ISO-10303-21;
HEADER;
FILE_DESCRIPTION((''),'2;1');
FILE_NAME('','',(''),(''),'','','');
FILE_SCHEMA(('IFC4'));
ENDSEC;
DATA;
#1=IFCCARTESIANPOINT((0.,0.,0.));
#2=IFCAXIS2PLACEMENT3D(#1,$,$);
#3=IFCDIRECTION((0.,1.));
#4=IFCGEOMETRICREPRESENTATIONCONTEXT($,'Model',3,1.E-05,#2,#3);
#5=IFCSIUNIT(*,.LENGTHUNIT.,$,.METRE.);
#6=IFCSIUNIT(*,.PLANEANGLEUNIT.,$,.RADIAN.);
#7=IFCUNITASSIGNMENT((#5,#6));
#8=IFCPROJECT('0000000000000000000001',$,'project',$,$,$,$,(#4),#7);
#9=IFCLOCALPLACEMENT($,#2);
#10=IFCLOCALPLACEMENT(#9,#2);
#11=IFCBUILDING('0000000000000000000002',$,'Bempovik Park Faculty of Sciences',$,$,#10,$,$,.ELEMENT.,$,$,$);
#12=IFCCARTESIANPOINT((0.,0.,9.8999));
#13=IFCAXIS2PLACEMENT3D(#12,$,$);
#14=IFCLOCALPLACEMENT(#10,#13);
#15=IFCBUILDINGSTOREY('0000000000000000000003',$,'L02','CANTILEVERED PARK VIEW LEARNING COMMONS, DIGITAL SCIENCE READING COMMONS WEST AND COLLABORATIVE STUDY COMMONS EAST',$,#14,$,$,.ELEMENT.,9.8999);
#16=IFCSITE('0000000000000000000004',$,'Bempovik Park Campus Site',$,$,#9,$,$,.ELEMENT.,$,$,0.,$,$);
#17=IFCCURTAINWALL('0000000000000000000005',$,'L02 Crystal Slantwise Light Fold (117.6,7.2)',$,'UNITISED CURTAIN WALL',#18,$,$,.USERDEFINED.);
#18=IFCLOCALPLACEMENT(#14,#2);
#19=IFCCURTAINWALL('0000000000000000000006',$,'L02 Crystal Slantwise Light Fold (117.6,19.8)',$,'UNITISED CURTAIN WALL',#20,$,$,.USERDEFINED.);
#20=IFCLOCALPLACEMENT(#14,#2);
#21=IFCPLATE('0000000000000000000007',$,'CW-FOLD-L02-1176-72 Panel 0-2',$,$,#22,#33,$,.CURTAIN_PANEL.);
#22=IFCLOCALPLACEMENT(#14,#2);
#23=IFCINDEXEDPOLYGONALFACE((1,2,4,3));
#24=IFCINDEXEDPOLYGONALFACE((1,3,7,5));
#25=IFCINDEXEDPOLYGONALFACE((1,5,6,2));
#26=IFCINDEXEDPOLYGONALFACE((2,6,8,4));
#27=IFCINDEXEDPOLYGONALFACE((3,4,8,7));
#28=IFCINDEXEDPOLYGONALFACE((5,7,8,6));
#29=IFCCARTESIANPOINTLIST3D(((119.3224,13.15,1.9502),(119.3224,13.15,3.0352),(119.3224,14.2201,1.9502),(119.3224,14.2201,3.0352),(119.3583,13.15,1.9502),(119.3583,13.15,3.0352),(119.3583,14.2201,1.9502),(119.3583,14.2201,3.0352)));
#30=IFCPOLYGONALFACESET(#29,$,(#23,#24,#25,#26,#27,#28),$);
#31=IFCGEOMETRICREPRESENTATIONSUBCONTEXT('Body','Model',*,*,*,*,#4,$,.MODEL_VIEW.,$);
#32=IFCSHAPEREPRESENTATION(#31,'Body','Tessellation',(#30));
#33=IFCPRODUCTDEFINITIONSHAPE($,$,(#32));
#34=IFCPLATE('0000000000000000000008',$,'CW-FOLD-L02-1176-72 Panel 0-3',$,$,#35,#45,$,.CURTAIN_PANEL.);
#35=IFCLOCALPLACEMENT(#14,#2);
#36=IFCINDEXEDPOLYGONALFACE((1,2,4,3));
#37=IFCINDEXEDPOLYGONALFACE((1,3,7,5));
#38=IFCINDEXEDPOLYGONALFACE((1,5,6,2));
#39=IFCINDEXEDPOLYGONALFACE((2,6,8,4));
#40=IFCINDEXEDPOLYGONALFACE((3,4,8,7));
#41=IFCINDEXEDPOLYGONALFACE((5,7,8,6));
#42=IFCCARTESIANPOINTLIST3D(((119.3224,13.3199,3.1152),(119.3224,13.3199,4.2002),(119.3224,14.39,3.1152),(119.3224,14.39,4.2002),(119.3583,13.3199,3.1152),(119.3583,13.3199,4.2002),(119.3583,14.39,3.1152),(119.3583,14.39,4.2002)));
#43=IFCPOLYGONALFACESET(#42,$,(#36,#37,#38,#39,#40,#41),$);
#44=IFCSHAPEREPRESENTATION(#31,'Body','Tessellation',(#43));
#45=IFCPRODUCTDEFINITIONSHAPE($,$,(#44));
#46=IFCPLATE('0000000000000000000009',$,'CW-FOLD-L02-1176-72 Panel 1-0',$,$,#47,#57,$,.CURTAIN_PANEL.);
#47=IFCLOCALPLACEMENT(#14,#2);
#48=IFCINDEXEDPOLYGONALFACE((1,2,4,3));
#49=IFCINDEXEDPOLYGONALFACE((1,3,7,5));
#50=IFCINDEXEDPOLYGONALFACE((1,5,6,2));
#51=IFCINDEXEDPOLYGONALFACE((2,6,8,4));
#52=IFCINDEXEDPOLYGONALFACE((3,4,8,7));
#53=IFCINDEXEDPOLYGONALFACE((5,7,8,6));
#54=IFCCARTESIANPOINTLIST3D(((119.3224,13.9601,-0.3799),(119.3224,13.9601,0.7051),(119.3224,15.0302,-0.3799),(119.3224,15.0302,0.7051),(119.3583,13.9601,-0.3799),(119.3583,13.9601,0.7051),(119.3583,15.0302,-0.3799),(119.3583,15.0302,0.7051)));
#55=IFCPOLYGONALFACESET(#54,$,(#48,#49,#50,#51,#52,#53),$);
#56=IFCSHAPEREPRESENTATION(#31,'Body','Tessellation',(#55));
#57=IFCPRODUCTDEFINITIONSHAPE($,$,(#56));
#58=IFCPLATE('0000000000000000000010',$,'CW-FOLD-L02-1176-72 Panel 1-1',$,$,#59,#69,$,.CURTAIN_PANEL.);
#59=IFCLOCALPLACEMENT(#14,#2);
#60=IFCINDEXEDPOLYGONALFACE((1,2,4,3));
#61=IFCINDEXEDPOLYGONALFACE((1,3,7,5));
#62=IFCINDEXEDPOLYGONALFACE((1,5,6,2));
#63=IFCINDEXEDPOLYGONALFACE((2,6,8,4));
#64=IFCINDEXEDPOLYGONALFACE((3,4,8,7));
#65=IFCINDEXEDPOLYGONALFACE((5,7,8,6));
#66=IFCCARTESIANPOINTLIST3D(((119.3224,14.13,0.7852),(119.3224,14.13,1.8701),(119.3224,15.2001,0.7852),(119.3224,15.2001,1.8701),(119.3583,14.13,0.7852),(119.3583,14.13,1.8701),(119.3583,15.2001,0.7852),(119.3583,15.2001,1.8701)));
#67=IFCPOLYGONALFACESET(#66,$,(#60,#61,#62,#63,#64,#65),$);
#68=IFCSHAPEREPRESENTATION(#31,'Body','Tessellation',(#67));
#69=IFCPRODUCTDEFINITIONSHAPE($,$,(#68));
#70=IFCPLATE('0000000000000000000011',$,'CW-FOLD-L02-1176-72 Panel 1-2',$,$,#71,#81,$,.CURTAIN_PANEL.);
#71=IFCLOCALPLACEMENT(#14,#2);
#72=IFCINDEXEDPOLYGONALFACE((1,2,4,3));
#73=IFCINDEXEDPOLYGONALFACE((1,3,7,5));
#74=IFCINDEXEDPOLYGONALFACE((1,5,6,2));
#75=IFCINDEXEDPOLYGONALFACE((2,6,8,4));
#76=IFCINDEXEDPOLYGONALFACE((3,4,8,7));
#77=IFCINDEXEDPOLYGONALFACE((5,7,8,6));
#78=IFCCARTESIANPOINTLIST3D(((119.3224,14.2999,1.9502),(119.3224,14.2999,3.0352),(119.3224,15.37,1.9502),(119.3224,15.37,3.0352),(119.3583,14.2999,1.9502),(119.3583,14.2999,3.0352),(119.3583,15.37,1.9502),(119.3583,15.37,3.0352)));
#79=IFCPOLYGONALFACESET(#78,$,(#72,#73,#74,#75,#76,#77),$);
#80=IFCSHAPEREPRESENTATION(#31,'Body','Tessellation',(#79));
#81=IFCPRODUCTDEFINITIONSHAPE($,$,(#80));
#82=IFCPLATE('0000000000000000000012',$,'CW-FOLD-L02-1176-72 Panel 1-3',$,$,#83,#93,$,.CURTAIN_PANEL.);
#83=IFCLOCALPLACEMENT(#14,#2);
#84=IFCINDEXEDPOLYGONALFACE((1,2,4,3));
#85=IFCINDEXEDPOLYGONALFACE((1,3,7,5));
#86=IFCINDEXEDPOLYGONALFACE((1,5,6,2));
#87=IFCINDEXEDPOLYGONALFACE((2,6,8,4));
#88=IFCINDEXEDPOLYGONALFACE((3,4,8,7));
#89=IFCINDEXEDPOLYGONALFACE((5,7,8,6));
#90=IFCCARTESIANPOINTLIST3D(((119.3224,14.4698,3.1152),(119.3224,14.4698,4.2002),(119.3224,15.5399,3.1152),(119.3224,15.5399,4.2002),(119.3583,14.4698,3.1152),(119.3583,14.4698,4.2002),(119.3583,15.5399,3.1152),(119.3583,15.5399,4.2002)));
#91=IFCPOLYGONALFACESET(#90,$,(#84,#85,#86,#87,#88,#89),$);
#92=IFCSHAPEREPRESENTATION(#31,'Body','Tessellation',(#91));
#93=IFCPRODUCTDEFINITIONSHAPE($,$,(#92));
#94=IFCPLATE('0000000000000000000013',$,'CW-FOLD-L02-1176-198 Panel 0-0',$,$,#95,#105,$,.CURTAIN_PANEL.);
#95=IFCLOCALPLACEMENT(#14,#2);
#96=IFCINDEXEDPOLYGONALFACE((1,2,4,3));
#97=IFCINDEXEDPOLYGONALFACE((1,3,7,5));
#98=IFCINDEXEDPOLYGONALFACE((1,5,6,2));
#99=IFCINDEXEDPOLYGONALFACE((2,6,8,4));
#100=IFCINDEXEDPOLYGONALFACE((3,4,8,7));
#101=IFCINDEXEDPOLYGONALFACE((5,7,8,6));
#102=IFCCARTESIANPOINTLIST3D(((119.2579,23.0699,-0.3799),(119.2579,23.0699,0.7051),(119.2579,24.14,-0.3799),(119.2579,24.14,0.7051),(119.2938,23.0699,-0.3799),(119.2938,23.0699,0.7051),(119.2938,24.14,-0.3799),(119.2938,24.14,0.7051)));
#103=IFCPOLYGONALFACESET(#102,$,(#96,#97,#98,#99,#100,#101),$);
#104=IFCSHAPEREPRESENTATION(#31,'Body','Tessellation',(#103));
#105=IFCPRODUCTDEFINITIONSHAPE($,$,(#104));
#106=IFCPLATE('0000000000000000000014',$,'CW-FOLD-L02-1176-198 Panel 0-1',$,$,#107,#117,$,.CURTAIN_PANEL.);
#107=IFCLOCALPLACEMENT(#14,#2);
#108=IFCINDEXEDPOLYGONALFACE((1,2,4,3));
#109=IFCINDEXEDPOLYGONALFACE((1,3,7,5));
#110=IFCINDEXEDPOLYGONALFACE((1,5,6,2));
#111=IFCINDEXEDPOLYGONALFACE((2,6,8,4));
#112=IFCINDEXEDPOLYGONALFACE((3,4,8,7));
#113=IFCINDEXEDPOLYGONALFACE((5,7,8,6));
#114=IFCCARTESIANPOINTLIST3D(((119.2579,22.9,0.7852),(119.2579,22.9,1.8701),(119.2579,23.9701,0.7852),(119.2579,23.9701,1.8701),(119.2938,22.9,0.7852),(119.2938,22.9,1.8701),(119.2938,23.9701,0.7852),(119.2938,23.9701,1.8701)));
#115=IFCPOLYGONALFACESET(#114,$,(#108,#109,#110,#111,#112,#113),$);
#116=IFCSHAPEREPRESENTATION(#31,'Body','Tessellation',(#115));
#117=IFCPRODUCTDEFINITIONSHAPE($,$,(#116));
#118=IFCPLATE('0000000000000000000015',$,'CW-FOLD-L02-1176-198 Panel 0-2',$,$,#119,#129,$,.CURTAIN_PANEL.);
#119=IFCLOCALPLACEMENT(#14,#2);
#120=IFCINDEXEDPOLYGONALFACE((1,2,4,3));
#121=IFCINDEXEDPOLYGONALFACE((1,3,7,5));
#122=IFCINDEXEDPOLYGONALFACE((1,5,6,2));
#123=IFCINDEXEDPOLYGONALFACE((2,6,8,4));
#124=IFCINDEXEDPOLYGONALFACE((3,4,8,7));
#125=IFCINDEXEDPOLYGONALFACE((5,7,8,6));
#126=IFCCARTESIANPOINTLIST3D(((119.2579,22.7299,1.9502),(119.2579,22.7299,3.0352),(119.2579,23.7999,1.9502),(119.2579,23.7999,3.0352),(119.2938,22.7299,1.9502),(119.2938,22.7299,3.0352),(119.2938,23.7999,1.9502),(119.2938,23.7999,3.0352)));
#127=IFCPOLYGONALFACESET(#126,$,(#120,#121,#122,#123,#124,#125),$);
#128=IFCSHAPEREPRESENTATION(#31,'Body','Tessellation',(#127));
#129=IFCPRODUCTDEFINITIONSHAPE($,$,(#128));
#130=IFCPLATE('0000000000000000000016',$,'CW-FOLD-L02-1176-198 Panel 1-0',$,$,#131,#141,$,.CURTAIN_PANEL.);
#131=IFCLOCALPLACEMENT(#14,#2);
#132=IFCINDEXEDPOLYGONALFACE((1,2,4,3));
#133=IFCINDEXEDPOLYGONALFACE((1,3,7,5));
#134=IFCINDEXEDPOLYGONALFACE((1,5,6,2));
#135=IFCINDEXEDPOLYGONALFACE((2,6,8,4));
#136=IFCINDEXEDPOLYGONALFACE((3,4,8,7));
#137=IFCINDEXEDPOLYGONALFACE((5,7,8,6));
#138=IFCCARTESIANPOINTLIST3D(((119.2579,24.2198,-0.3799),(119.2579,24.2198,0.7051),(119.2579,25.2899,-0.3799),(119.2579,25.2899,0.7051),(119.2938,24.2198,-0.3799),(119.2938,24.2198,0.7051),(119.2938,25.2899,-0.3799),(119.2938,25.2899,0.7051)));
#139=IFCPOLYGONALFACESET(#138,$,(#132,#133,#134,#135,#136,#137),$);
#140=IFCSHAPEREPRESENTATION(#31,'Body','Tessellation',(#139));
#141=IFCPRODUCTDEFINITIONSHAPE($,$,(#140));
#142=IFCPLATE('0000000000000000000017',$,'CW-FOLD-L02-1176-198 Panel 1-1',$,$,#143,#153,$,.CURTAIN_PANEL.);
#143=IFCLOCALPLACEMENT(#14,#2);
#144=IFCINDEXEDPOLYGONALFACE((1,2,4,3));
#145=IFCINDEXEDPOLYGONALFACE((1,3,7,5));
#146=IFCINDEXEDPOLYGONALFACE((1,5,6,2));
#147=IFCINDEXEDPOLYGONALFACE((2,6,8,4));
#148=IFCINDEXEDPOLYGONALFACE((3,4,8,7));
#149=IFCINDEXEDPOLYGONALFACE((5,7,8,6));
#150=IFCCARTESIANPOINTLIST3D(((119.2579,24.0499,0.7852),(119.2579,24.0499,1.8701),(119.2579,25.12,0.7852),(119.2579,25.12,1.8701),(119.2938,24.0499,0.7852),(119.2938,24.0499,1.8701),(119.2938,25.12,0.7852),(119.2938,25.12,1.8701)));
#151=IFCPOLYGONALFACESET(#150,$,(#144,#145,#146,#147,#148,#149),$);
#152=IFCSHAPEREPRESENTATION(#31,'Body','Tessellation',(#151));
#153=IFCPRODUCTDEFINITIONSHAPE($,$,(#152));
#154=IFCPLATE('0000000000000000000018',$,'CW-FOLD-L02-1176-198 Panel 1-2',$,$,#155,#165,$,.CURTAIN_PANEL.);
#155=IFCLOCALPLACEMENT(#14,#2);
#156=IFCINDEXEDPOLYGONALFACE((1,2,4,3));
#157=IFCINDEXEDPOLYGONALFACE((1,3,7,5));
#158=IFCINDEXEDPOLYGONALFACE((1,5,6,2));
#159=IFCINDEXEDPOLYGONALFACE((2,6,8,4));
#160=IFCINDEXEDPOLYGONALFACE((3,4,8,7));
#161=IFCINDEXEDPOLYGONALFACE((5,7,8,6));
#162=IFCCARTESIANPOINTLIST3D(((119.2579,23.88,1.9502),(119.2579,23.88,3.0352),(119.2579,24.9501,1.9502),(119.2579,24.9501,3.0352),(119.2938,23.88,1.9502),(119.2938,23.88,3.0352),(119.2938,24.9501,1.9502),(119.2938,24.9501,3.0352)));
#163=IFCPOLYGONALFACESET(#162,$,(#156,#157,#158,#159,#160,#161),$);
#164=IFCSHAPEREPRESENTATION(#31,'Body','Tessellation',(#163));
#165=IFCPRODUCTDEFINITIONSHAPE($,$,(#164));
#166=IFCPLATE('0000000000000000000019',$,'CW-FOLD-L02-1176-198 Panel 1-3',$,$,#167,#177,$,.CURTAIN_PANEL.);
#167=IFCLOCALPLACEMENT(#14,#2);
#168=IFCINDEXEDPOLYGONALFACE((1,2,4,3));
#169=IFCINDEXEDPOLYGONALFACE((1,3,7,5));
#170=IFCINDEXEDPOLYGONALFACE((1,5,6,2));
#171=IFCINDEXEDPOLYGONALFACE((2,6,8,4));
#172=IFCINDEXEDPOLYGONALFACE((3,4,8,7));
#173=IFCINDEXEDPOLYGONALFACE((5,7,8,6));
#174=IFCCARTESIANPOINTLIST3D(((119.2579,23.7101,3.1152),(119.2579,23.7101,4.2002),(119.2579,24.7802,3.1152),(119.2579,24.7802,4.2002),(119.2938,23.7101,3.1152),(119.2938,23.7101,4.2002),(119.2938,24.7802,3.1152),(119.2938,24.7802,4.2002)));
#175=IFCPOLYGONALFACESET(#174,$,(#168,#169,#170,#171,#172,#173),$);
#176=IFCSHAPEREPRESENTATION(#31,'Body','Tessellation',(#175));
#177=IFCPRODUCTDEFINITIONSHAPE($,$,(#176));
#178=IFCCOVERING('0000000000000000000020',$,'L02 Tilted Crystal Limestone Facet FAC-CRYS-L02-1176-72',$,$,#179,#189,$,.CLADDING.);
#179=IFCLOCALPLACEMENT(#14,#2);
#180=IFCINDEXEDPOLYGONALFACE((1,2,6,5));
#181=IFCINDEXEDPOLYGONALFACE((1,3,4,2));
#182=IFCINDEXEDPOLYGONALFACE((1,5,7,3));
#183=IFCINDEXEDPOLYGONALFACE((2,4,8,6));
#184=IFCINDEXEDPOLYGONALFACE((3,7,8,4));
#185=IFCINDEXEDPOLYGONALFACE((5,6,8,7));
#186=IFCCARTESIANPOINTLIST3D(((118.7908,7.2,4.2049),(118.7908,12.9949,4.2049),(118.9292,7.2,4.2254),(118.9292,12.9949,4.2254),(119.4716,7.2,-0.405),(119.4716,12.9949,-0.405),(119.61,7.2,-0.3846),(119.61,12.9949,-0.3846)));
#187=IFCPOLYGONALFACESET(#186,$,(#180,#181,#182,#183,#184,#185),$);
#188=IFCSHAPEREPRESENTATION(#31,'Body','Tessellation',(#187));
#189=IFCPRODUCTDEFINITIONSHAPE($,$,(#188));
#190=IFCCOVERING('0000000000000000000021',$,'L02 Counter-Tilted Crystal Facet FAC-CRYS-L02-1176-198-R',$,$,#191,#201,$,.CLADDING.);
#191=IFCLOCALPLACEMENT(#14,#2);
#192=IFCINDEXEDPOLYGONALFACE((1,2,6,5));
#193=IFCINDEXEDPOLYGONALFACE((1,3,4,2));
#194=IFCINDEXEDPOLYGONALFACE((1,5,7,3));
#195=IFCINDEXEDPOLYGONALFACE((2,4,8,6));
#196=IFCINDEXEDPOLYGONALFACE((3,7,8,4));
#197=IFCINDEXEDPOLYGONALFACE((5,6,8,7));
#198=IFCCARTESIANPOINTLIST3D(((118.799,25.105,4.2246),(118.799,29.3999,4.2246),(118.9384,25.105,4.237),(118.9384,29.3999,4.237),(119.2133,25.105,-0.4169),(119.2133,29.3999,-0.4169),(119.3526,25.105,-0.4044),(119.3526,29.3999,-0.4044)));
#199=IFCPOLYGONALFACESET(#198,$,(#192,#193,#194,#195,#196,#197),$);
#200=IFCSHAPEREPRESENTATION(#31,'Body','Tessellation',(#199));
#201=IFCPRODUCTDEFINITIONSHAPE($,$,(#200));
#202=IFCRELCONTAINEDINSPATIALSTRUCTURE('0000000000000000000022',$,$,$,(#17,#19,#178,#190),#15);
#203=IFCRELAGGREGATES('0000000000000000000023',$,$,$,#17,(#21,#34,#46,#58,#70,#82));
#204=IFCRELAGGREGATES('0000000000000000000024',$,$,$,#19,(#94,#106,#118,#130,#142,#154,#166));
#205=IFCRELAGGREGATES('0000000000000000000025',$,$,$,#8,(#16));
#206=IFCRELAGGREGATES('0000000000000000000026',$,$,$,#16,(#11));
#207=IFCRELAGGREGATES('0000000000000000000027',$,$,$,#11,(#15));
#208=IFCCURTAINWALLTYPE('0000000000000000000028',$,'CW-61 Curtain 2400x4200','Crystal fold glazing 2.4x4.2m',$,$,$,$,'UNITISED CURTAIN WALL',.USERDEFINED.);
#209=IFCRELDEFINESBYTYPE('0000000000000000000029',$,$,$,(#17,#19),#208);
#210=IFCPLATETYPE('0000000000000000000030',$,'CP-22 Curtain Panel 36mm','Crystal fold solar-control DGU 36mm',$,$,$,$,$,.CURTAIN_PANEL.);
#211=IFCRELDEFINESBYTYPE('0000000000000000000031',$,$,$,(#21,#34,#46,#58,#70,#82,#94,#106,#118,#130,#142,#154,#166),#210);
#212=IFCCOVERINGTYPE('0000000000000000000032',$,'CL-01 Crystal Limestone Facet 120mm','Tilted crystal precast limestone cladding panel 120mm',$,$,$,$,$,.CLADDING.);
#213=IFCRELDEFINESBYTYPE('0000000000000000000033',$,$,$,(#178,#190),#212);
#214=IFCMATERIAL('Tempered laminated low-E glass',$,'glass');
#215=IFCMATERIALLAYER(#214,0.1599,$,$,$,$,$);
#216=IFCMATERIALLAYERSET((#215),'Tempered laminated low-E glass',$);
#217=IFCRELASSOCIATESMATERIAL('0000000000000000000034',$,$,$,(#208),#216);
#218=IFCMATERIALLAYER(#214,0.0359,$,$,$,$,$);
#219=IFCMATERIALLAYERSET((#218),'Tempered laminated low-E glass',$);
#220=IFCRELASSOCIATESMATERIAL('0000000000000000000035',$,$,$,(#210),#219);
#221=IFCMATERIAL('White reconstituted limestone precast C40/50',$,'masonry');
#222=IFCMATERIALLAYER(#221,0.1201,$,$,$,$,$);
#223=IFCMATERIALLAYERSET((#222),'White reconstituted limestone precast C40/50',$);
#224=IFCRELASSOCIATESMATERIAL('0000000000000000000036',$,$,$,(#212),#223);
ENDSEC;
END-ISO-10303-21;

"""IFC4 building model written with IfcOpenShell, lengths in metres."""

from ifc_helpers import new_model, si_unit, direction, frame, origin, origin_2d, place, context, subcontext, project, spatial, rectangle, extrude, material, layer, layer_set, type_object, element, aggregate, save


model = new_model("IFC4")

# Units and contexts
model_context = context("Model", 3, precision=1e-05, world=origin(), true_north=direction((0.0, 1.0)))
body_context = subcontext(model_context, "Body", "Model", "MODEL_VIEW")
ifc_project = project(units=[si_unit("LENGTHUNIT", "METRE"), si_unit("PLANEANGLEUNIT", "RADIAN")], contexts=[model_context])

# Site, building, storey
site_placement = place(None, origin())
site = spatial("IfcSite", under=ifc_project, at=site_placement, Name="Bempovik Park Campus Site", CompositionType="ELEMENT", RefElevation=0.0)
building_placement = place(site_placement, origin())
building = spatial("IfcBuilding", under=site, at=building_placement, Name="Bempovik Park Faculty of Sciences", CompositionType="ELEMENT")
storey_placement = place(building_placement, frame((0.0, 0.0, 9.8999)))
storey = spatial("IfcBuildingStorey", under=building, at=storey_placement, Name="L02", Description="CANTILEVERED PARK VIEW LEARNING COMMONS, DIGITAL SCIENCE READING COMMONS WEST AND COLLABORATIVE STUDY COMMONS EAST", CompositionType="ELEMENT", Elevation=9.8999)

# Curtain walls
ifc_material_1 = material(Name="Tempered laminated low-E glass", Category="glass")
ifc_layer_1 = layer(ifc_material_1, 0.1599)
ifc_layer_set_1 = layer_set([ifc_layer_1], Name="Tempered laminated low-E glass")
curtain_wall_type = type_object("IfcCurtainWallType", Name="CW-61 Curtain 2400x4200", Description="Crystal fold glazing 2.4x4.2m", ElementType="UNITISED CURTAIN WALL", PredefinedType="USERDEFINED", material=ifc_layer_set_1)
curtain_wall_1_placement = place(storey_placement, origin())
curtain_wall_1 = element("IfcCurtainWall", 1, at=curtain_wall_1_placement, inside=storey, type_object=curtain_wall_type, Name="L02 Crystal Slantwise Light Fold (117.6,7.2)", ObjectType="UNITISED CURTAIN WALL", PredefinedType="USERDEFINED")
curtain_wall_2_placement = place(storey_placement, origin())
curtain_wall_2 = element("IfcCurtainWall", 2, at=curtain_wall_2_placement, inside=storey, type_object=curtain_wall_type, Name="L02 Crystal Slantwise Light Fold (117.6,19.8)", ObjectType="UNITISED CURTAIN WALL", PredefinedType="USERDEFINED")

# Plates
ifc_layer_2 = layer(ifc_material_1, 0.0359)
ifc_layer_set_2 = layer_set([ifc_layer_2], Name="Tempered laminated low-E glass")
plate_type = type_object("IfcPlateType", Name="CP-22 Curtain Panel 36mm", Description="Crystal fold solar-control DGU 36mm", PredefinedType="CURTAIN_PANEL", material=ifc_layer_set_2)
plate_1_placement = place(storey_placement, frame((119.3403, 13.6851, 1.9502), z_axis=(0.0, 0.0, 1.0), x_axis=(0.0, 1.0, 0.0)))
plate_1 = element("IfcPlate", 3, at=plate_1_placement, type_object=plate_type, Name="CW-FOLD-L02-1176-72 Panel 0-2", PredefinedType="CURTAIN_PANEL", context=body_context, shape_type="SweptSolid", body=[
    extrude(rectangle(XDim=1.0701, YDim=0.0359, at=origin_2d()), origin(), (0.0, 0.0, 1.0), 1.085),
])
plate_2_placement = place(storey_placement, frame((119.3403, 13.855, 3.1152), z_axis=(0.0, 0.0, 1.0), x_axis=(0.0, 1.0, 0.0)))
plate_2 = element("IfcPlate", 4, at=plate_2_placement, type_object=plate_type, Name="CW-FOLD-L02-1176-72 Panel 0-3", PredefinedType="CURTAIN_PANEL", context=body_context, shape_type="SweptSolid", body=[
    extrude(rectangle(XDim=1.0701, YDim=0.0359, at=origin_2d()), origin(), (0.0, 0.0, 1.0), 1.085),
])
plate_3_placement = place(storey_placement, frame((119.3403, 14.4951, -0.3799), z_axis=(0.0, 0.0, 1.0), x_axis=(0.0, 1.0, 0.0)))
plate_3 = element("IfcPlate", 5, at=plate_3_placement, type_object=plate_type, Name="CW-FOLD-L02-1176-72 Panel 1-0", PredefinedType="CURTAIN_PANEL", context=body_context, shape_type="SweptSolid", body=[
    extrude(rectangle(XDim=1.0701, YDim=0.0359, at=origin_2d()), origin(), (0.0, 0.0, 1.0), 1.085),
])
plate_4_placement = place(storey_placement, frame((119.3403, 14.665, 0.7852), z_axis=(0.0, 0.0, 1.0), x_axis=(0.0, 1.0, 0.0)))
plate_4 = element("IfcPlate", 6, at=plate_4_placement, type_object=plate_type, Name="CW-FOLD-L02-1176-72 Panel 1-1", PredefinedType="CURTAIN_PANEL", context=body_context, shape_type="SweptSolid", body=[
    extrude(rectangle(XDim=1.0701, YDim=0.0359, at=origin_2d()), origin(), (0.0, 0.0, 1.0), 1.085),
])
plate_5_placement = place(storey_placement, frame((119.3403, 14.835, 1.9502), z_axis=(0.0, 0.0, 1.0), x_axis=(0.0, 1.0, 0.0)))
plate_5 = element("IfcPlate", 7, at=plate_5_placement, type_object=plate_type, Name="CW-FOLD-L02-1176-72 Panel 1-2", PredefinedType="CURTAIN_PANEL", context=body_context, shape_type="SweptSolid", body=[
    extrude(rectangle(XDim=1.0701, YDim=0.0359, at=origin_2d()), origin(), (0.0, 0.0, 1.0), 1.085),
])
plate_6_placement = place(storey_placement, frame((119.3403, 15.0049, 3.1152), z_axis=(0.0, 0.0, 1.0), x_axis=(0.0, 1.0, 0.0)))
plate_6 = element("IfcPlate", 8, at=plate_6_placement, type_object=plate_type, Name="CW-FOLD-L02-1176-72 Panel 1-3", PredefinedType="CURTAIN_PANEL", context=body_context, shape_type="SweptSolid", body=[
    extrude(rectangle(XDim=1.0701, YDim=0.0359, at=origin_2d()), origin(), (0.0, 0.0, 1.0), 1.085),
])
aggregate(curtain_wall_1, [plate_1, plate_2, plate_3, plate_4, plate_5, plate_6])
plate_7_placement = place(storey_placement, frame((119.2759, 23.605, -0.3799), z_axis=(0.0, 0.0, 1.0), x_axis=(0.0, 1.0, 0.0)))
plate_7 = element("IfcPlate", 9, at=plate_7_placement, type_object=plate_type, Name="CW-FOLD-L02-1176-198 Panel 0-0", PredefinedType="CURTAIN_PANEL", context=body_context, shape_type="SweptSolid", body=[
    extrude(rectangle(XDim=1.0701, YDim=0.0359, at=origin_2d()), origin(), (0.0, 0.0, 1.0), 1.085),
])
plate_8_placement = place(storey_placement, frame((119.2759, 23.4351, 0.7852), z_axis=(0.0, 0.0, 1.0), x_axis=(0.0, 1.0, 0.0)))
plate_8 = element("IfcPlate", 10, at=plate_8_placement, type_object=plate_type, Name="CW-FOLD-L02-1176-198 Panel 0-1", PredefinedType="CURTAIN_PANEL", context=body_context, shape_type="SweptSolid", body=[
    extrude(rectangle(XDim=1.0701, YDim=0.0359, at=origin_2d()), origin(), (0.0, 0.0, 1.0), 1.085),
])
plate_9_placement = place(storey_placement, frame((119.2759, 23.2649, 1.9502), z_axis=(0.0, 0.0, 1.0), x_axis=(0.0, 1.0, 0.0)))
plate_9 = element("IfcPlate", 11, at=plate_9_placement, type_object=plate_type, Name="CW-FOLD-L02-1176-198 Panel 0-2", PredefinedType="CURTAIN_PANEL", context=body_context, shape_type="SweptSolid", body=[
    extrude(rectangle(XDim=1.0701, YDim=0.0359, at=origin_2d()), origin(), (0.0, 0.0, 1.0), 1.085),
])
plate_10_placement = place(storey_placement, frame((119.2759, 24.7549, -0.3799), z_axis=(0.0, 0.0, 1.0), x_axis=(0.0, 1.0, 0.0)))
plate_10 = element("IfcPlate", 12, at=plate_10_placement, type_object=plate_type, Name="CW-FOLD-L02-1176-198 Panel 1-0", PredefinedType="CURTAIN_PANEL", context=body_context, shape_type="SweptSolid", body=[
    extrude(rectangle(XDim=1.0701, YDim=0.0359, at=origin_2d()), origin(), (0.0, 0.0, 1.0), 1.085),
])
plate_11_placement = place(storey_placement, frame((119.2759, 24.585, 0.7852), z_axis=(0.0, 0.0, 1.0), x_axis=(0.0, 1.0, 0.0)))
plate_11 = element("IfcPlate", 13, at=plate_11_placement, type_object=plate_type, Name="CW-FOLD-L02-1176-198 Panel 1-1", PredefinedType="CURTAIN_PANEL", context=body_context, shape_type="SweptSolid", body=[
    extrude(rectangle(XDim=1.0701, YDim=0.0359, at=origin_2d()), origin(), (0.0, 0.0, 1.0), 1.085),
])
plate_12_placement = place(storey_placement, frame((119.2759, 24.415, 1.9502), z_axis=(0.0, 0.0, 1.0), x_axis=(0.0, 1.0, 0.0)))
plate_12 = element("IfcPlate", 14, at=plate_12_placement, type_object=plate_type, Name="CW-FOLD-L02-1176-198 Panel 1-2", PredefinedType="CURTAIN_PANEL", context=body_context, shape_type="SweptSolid", body=[
    extrude(rectangle(XDim=1.0701, YDim=0.0359, at=origin_2d()), origin(), (0.0, 0.0, 1.0), 1.085),
])
plate_13_placement = place(storey_placement, frame((119.2759, 24.2451, 3.1152), z_axis=(0.0, 0.0, 1.0), x_axis=(0.0, 1.0, 0.0)))
plate_13 = element("IfcPlate", 15, at=plate_13_placement, type_object=plate_type, Name="CW-FOLD-L02-1176-198 Panel 1-3", PredefinedType="CURTAIN_PANEL", context=body_context, shape_type="SweptSolid", body=[
    extrude(rectangle(XDim=1.0701, YDim=0.0359, at=origin_2d()), origin(), (0.0, 0.0, 1.0), 1.085),
])
aggregate(curtain_wall_2, [plate_7, plate_8, plate_9, plate_10, plate_11, plate_12, plate_13])

# Coverings
ifc_material_2 = material(Name="White reconstituted limestone precast C40/50", Category="masonry")
ifc_layer_3 = layer(ifc_material_2, 0.1201)
ifc_layer_set_3 = layer_set([ifc_layer_3], Name="White reconstituted limestone precast C40/50")
covering_type = type_object("IfcCoveringType", Name="CL-01 Crystal Limestone Facet 120mm", Description="Tilted crystal precast limestone cladding panel 120mm", PredefinedType="CLADDING", material=ifc_layer_set_3)
covering_placement = place(storey_placement, frame((119.5408, 10.0974, -0.3948), z_axis=(-0.146083, 0.0, 0.989272), x_axis=(0.0, 1.0, 0.0)))
element("IfcCovering", 16, at=covering_placement, inside=storey, type_object=covering_type, Name="L02 Tilted Crystal Limestone Facet FAC-CRYS-L02-1176-72", PredefinedType="CLADDING", context=body_context, shape_type="SweptSolid", body=[
    extrude(rectangle(XDim=5.7949, YDim=0.1399, at=origin_2d()), origin(), (0.0, 0.0, 1.0), 4.6599),
])
for number, where, z_axis, x_axis, name in (
    (17, (119.283, 27.2524, -0.4106), (-0.088894, 0.0, 0.996041), (0.0, 1.0, 0.0), "L02 Counter-Tilted Crystal Facet FAC-CRYS-L02-1176-198-R"),
):
    element("IfcCovering", number, at=place(storey_placement, frame(where, z_axis=z_axis, x_axis=x_axis)), inside=storey, type_object=covering_type, Name=name, PredefinedType="CLADDING", context=body_context, shape_type="SweptSolid", body=[
        extrude(rectangle(XDim=4.2949, YDim=0.1399, at=origin_2d()), origin(), (0.0, 0.0, 1.0), 4.6599),
    ])

save(model, "model.ifc")
